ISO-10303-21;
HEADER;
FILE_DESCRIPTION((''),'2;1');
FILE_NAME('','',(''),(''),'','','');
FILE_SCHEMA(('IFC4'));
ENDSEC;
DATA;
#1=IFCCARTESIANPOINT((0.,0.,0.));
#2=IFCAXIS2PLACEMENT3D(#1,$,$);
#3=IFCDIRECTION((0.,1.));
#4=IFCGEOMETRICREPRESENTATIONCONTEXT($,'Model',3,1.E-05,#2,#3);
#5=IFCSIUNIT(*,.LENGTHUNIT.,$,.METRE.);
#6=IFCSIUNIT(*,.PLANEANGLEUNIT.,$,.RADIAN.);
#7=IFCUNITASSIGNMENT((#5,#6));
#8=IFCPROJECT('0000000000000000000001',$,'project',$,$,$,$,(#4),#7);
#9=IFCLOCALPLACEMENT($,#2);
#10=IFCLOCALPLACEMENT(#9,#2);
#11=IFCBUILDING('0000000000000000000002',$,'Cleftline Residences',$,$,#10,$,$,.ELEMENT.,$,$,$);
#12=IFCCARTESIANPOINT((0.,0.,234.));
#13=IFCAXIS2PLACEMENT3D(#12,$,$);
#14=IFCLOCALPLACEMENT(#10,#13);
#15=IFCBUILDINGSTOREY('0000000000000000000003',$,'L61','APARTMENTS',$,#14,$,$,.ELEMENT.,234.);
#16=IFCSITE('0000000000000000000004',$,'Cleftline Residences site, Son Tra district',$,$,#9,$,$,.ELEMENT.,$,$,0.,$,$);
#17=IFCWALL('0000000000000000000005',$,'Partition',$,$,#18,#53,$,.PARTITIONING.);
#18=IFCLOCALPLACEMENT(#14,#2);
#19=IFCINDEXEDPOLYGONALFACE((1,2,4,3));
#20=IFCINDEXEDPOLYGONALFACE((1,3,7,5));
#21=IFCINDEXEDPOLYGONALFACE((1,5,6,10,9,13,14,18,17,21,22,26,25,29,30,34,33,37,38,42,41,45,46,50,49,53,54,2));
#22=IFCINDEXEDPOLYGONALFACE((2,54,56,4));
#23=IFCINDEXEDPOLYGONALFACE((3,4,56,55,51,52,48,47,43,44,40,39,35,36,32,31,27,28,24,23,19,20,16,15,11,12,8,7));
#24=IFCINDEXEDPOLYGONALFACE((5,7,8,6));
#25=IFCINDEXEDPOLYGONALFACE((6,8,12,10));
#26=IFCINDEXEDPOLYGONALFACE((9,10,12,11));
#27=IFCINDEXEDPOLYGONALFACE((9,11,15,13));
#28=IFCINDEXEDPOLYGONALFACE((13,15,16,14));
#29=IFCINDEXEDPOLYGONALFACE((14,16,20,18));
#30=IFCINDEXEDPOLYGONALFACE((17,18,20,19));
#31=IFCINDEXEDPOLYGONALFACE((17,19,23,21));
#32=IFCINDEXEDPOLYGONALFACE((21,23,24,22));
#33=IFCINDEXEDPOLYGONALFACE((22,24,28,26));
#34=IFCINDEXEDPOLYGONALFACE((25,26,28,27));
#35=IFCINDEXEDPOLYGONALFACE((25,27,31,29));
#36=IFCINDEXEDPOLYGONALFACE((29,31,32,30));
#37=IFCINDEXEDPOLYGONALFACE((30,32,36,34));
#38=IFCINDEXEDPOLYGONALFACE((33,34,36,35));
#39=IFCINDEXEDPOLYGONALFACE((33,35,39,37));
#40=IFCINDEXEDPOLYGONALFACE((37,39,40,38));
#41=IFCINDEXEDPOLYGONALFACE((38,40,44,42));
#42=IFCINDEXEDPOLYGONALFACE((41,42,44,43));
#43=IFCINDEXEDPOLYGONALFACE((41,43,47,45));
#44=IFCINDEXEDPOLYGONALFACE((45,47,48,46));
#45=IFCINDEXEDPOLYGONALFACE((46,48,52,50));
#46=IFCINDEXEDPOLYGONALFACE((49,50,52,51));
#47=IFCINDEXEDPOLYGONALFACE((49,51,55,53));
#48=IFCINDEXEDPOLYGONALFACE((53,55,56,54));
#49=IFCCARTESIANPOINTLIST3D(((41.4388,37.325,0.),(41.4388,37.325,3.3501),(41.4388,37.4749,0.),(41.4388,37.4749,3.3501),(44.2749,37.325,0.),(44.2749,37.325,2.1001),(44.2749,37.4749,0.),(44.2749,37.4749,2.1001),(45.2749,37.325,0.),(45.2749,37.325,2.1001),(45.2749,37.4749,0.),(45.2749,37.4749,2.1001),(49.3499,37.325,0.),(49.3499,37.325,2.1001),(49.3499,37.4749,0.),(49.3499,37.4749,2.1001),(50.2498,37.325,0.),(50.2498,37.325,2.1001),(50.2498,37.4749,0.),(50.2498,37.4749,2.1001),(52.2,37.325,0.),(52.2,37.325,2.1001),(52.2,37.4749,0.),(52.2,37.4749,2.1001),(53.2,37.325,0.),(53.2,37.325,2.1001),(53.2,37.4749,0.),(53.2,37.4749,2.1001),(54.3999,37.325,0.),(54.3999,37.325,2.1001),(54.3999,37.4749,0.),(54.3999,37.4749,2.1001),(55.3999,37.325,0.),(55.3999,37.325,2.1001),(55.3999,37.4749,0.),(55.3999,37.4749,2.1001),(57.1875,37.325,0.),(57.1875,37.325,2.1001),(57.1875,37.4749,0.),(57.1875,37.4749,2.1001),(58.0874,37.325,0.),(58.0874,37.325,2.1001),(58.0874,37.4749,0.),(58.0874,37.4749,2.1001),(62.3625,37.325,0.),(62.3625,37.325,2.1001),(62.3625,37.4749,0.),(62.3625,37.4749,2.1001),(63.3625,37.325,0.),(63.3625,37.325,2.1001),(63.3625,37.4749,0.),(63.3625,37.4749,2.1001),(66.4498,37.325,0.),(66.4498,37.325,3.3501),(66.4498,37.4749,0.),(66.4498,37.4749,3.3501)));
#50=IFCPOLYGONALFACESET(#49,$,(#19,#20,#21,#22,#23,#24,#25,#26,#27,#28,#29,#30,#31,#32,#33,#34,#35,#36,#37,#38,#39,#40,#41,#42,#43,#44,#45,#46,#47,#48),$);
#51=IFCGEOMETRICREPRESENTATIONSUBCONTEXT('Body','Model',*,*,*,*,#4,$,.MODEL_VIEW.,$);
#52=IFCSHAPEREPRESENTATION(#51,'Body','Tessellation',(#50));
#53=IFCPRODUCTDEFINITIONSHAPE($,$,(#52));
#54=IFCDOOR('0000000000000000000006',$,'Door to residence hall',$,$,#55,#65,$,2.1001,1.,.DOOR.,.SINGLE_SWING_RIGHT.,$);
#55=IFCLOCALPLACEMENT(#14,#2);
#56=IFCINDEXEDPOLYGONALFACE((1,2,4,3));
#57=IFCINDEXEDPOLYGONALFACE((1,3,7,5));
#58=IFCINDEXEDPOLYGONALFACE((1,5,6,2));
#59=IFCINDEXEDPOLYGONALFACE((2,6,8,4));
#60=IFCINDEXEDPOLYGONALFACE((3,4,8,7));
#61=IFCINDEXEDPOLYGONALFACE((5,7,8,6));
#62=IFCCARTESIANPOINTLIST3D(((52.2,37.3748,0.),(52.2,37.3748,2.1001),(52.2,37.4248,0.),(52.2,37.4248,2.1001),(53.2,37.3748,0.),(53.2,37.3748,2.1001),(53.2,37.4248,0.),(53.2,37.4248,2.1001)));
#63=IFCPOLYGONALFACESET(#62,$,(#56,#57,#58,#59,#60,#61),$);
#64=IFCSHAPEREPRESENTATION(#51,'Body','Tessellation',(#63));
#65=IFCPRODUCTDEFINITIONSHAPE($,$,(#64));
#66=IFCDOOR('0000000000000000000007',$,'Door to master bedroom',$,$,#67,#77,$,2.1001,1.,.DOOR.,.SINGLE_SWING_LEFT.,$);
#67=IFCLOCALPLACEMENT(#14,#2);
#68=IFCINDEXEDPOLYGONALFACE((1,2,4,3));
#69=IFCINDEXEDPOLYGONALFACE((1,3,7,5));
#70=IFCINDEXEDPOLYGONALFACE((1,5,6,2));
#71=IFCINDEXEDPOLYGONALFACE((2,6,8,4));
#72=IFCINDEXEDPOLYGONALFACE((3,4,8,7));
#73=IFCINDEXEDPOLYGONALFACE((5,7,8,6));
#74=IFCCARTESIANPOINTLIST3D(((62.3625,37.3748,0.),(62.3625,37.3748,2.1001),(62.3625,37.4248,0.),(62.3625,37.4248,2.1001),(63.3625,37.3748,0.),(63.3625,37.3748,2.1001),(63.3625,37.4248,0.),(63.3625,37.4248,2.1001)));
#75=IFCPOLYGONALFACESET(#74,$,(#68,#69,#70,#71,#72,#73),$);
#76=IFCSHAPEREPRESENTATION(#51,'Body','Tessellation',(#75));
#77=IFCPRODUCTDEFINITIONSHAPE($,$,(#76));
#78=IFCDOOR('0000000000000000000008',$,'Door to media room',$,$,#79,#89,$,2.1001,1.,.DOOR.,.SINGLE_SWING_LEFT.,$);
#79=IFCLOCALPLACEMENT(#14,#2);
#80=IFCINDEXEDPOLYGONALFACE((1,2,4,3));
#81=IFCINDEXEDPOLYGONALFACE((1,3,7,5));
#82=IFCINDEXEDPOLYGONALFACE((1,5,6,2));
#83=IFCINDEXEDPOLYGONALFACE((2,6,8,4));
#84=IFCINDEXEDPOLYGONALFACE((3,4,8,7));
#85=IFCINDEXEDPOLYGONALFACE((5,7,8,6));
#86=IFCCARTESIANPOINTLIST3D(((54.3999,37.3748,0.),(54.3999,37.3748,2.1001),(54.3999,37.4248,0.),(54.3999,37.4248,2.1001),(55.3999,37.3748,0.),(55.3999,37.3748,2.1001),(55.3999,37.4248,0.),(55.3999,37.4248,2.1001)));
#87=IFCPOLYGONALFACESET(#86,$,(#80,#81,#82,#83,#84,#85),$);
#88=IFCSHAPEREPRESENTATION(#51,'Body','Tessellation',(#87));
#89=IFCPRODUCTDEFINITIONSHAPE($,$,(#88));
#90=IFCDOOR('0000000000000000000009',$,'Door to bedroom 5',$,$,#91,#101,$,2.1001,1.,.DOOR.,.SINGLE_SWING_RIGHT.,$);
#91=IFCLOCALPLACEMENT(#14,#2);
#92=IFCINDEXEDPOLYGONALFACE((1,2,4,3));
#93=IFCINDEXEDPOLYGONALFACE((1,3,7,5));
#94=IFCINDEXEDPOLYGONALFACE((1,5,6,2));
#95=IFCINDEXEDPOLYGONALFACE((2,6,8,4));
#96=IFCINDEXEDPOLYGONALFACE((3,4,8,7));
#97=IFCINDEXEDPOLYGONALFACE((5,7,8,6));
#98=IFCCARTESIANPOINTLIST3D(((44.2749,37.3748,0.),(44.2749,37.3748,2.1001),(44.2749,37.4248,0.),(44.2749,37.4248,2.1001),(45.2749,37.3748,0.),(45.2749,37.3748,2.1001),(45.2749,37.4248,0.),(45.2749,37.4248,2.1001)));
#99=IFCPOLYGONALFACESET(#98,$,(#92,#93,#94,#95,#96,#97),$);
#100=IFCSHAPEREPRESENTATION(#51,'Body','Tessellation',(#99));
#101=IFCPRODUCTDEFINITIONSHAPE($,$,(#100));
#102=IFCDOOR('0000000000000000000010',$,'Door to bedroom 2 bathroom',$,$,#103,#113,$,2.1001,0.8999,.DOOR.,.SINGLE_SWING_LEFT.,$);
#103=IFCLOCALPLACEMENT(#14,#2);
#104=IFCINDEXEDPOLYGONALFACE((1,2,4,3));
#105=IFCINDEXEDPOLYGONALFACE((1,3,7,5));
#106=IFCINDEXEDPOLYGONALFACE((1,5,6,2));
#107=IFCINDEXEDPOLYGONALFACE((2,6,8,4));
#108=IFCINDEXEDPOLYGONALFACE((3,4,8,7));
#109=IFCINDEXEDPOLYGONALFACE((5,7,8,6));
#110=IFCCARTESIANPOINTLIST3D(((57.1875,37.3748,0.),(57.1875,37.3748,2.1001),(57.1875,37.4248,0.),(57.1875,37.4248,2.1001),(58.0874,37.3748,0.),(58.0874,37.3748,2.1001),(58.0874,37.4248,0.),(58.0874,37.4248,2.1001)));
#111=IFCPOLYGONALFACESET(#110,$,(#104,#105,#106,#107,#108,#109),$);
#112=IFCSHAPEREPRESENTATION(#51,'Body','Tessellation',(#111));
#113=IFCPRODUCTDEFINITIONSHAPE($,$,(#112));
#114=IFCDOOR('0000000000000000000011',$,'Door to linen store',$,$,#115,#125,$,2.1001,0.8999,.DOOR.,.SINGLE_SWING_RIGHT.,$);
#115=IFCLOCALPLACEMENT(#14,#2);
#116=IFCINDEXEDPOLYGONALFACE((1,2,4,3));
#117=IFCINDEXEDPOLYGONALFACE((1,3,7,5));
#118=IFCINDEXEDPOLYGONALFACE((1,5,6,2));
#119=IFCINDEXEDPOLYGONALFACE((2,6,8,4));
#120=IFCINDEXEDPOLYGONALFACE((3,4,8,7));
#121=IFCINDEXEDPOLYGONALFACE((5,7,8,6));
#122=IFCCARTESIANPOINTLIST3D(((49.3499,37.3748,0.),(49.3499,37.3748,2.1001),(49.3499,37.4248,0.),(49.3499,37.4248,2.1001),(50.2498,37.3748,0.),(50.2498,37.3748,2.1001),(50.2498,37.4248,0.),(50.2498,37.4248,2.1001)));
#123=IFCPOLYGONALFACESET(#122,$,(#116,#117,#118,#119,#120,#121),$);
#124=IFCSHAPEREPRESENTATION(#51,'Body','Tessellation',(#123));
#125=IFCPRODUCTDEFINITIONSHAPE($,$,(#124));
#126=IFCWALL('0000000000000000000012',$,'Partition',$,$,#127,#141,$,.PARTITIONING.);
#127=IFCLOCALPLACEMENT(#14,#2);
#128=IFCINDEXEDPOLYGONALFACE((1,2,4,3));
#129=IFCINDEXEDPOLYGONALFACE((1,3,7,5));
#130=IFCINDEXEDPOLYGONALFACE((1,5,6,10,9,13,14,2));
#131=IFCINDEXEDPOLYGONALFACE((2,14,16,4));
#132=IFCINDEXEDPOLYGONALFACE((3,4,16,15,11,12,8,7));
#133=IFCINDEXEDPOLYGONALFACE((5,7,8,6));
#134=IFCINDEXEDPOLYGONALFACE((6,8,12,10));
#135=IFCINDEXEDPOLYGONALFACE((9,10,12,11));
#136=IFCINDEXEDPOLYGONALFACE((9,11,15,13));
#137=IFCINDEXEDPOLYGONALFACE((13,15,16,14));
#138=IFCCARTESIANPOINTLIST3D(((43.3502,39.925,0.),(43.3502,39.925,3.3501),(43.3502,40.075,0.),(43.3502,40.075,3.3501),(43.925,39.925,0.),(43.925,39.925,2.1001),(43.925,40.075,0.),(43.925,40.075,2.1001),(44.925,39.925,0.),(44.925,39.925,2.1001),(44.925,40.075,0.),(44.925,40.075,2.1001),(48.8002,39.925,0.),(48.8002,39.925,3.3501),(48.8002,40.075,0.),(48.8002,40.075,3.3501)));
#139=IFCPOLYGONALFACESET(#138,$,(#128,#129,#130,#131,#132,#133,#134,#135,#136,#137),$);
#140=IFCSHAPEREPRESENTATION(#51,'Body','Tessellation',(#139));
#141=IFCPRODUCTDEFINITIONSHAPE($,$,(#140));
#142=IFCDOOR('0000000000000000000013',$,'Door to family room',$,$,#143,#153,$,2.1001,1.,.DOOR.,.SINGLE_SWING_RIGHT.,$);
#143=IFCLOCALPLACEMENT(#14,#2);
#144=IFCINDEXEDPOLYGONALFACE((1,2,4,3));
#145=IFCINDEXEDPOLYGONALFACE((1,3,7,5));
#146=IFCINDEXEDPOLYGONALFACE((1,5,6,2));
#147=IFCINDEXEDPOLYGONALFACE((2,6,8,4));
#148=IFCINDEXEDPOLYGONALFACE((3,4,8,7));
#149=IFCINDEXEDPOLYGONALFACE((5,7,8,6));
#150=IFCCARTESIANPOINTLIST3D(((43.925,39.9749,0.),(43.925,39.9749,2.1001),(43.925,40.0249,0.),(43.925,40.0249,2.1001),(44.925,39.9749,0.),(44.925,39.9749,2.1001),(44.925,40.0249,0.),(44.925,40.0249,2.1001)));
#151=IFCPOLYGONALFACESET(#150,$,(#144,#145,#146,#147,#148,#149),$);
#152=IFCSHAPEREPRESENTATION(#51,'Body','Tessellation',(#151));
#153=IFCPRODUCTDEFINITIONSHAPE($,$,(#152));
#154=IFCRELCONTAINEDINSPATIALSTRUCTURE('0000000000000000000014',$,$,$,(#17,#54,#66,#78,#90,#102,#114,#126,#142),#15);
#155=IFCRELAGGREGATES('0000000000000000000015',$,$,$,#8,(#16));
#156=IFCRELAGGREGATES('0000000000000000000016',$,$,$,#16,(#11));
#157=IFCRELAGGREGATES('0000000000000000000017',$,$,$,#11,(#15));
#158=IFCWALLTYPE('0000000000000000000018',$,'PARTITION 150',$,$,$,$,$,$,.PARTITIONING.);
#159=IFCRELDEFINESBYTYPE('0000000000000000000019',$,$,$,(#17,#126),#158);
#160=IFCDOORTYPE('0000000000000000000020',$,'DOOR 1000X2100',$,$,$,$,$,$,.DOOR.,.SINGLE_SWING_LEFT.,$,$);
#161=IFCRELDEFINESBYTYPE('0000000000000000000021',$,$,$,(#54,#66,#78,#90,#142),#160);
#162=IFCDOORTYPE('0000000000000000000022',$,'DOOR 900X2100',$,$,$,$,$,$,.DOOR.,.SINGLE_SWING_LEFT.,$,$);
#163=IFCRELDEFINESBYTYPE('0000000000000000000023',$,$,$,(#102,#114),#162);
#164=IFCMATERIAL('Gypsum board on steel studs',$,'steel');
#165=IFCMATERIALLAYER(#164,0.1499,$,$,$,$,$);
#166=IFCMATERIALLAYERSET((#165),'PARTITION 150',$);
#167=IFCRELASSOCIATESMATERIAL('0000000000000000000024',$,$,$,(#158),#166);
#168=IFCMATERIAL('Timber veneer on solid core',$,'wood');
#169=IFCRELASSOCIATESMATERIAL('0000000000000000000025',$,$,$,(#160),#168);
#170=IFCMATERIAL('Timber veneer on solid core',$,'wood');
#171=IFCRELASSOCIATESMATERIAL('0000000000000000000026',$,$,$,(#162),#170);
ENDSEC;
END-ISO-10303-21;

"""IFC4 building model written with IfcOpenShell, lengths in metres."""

from ifc_helpers import new_model, si_unit, direction, frame, frame_2d, origin, place, context, subcontext, project, spatial, rectangle, extrude, material, layer, layer_set, type_object, element, fill, save


model = new_model("IFC4")

# Units and contexts
model_context = context("Model", 3, precision=1e-05, world=origin(), true_north=direction((0.0, 1.0)))
body_context = subcontext(model_context, "Body", "Model", "MODEL_VIEW")
ifc_project = project(units=[si_unit("LENGTHUNIT", "METRE"), si_unit("PLANEANGLEUNIT", "RADIAN")], contexts=[model_context])

# Site, building, storey
site_placement = place(None, origin())
site = spatial("IfcSite", under=ifc_project, at=site_placement, Name="Cleftline Residences site, Son Tra district", CompositionType="ELEMENT", RefElevation=0.0)
building_placement = place(site_placement, origin())
building = spatial("IfcBuilding", under=site, at=building_placement, Name="Cleftline Residences", CompositionType="ELEMENT")
storey_placement = place(building_placement, frame((0.0, 0.0, 234.0)))
storey = spatial("IfcBuildingStorey", under=building, at=storey_placement, Name="L61", Description="APARTMENTS", CompositionType="ELEMENT", Elevation=234.0)

# Shared definitions
ifc_material_1 = material(Name="Gypsum board on steel studs", Category="steel")
ifc_layer_1 = layer(ifc_material_1, 0.1499)
ifc_layer_set_1 = layer_set([ifc_layer_1], Name="PARTITION 150")
wall_type = type_object("IfcWallType", Name="PARTITION 150", PredefinedType="PARTITIONING", material=ifc_layer_set_1)

# Wall, openings, doors
wall_1_placement = place(storey_placement, frame((41.439, 37.3999, 0.0), z_axis=(0.0, 0.0, 1.0), x_axis=(1.0, 0.0, 0.0)))
wall_1 = element("IfcWall", 1, at=wall_1_placement, inside=storey, type_object=wall_type, Name="Partition", PredefinedType="PARTITIONING", context=body_context, shape_type="SweptSolid", body=[
    extrude(rectangle(XDim=25.011, YDim=0.1499, at=frame_2d((12.5054, 0.0))), origin(), (0.0, 0.0, 1.0), 3.3501),
])
opening_1_placement = place(wall_1_placement, frame((10.761, 0.0, 0.0)))
opening_1 = element("IfcOpeningElement", 2, at=opening_1_placement, cuts=wall_1, PredefinedType="OPENING", context=body_context, shape_type="SweptSolid", body=[
    extrude(rectangle(XDim=1.0, YDim=2.1001, at=frame_2d((0.5, 1.05))), frame((0.0, 0.085, 0.0), z_axis=(0.0, -1.0, 0.0), x_axis=(1.0, 0.0, 0.0)), (0.0, 0.0, 1.0), 0.1699),
])
opening_2_placement = place(wall_1_placement, frame((20.9236, 0.0, 0.0)))
opening_2 = element("IfcOpeningElement", 3, at=opening_2_placement, cuts=wall_1, PredefinedType="OPENING", context=body_context, shape_type="SweptSolid", body=[
    extrude(rectangle(XDim=1.0, YDim=2.1001, at=frame_2d((0.5, 1.05))), frame((0.0, 0.085, 0.0), z_axis=(0.0, -1.0, 0.0), x_axis=(1.0, 0.0, 0.0)), (0.0, 0.0, 1.0), 0.1699),
])
opening_3_placement = place(wall_1_placement, frame((15.7485, 0.0, 0.0)))
opening_3 = element("IfcOpeningElement", 4, at=opening_3_placement, cuts=wall_1, PredefinedType="OPENING", context=body_context, shape_type="SweptSolid", body=[
    extrude(rectangle(XDim=0.8999, YDim=2.1001, at=frame_2d((0.45, 1.05))), frame((0.0, 0.085, 0.0), z_axis=(0.0, -1.0, 0.0), x_axis=(1.0, 0.0, 0.0)), (0.0, 0.0, 1.0), 0.1699),
])
opening_4_placement = place(wall_1_placement, frame((12.9609, 0.0, 0.0)))
opening_4 = element("IfcOpeningElement", 5, at=opening_4_placement, cuts=wall_1, PredefinedType="OPENING", context=body_context, shape_type="SweptSolid", body=[
    extrude(rectangle(XDim=1.0, YDim=2.1001, at=frame_2d((0.5, 1.05))), frame((0.0, 0.085, 0.0), z_axis=(0.0, -1.0, 0.0), x_axis=(1.0, 0.0, 0.0)), (0.0, 0.0, 1.0), 0.1699),
])
opening_5_placement = place(wall_1_placement, frame((7.9109, 0.0, 0.0)))
opening_5 = element("IfcOpeningElement", 6, at=opening_5_placement, cuts=wall_1, PredefinedType="OPENING", context=body_context, shape_type="SweptSolid", body=[
    extrude(rectangle(XDim=0.8999, YDim=2.1001, at=frame_2d((0.45, 1.05))), frame((0.0, 0.085, 0.0), z_axis=(0.0, -1.0, 0.0), x_axis=(1.0, 0.0, 0.0)), (0.0, 0.0, 1.0), 0.1699),
])
opening_6_placement = place(wall_1_placement, frame((2.8359, 0.0, 0.0)))
opening_6 = element("IfcOpeningElement", 7, at=opening_6_placement, cuts=wall_1, PredefinedType="OPENING", context=body_context, shape_type="SweptSolid", body=[
    extrude(rectangle(XDim=1.0, YDim=2.1001, at=frame_2d((0.5, 1.05))), frame((0.0, 0.085, 0.0), z_axis=(0.0, -1.0, 0.0), x_axis=(1.0, 0.0, 0.0)), (0.0, 0.0, 1.0), 0.1699),
])
ifc_material_2 = material(Name="Timber veneer on solid core", Category="wood")
door_type_1 = type_object("IfcDoorType", Name="DOOR 1000X2100", OperationType="SINGLE_SWING_LEFT", PredefinedType="DOOR", material=ifc_material_2)
door_1_placement = place(opening_1_placement, origin())
door_1 = element("IfcDoor", 8, at=door_1_placement, inside=storey, type_object=door_type_1, Name="Door to residence hall", OperationType="SINGLE_SWING_RIGHT", OverallHeight=2.1001, OverallWidth=1.0, PredefinedType="DOOR", context=body_context, shape_type="SweptSolid", body=[
    extrude(rectangle(XDim=1.0, YDim=2.1001, at=frame_2d((0.5, 1.05))), frame((0.0, 0.0249, 0.0), z_axis=(0.0, -1.0, 0.0), x_axis=(1.0, 0.0, 0.0)), (0.0, 0.0, 1.0), 0.05),
])
fill(opening_1, door_1)
door_2_placement = place(opening_2_placement, origin())
door_2 = element("IfcDoor", 9, at=door_2_placement, inside=storey, type_object=door_type_1, Name="Door to master bedroom", OperationType="SINGLE_SWING_LEFT", OverallHeight=2.1001, OverallWidth=1.0, PredefinedType="DOOR", context=body_context, shape_type="SweptSolid", body=[
    extrude(rectangle(XDim=1.0, YDim=2.1001, at=frame_2d((0.5, 1.05))), frame((0.0, 0.0249, 0.0), z_axis=(0.0, -1.0, 0.0), x_axis=(1.0, 0.0, 0.0)), (0.0, 0.0, 1.0), 0.05),
])
fill(opening_2, door_2)
door_3_placement = place(opening_4_placement, origin())
door_3 = element("IfcDoor", 10, at=door_3_placement, inside=storey, type_object=door_type_1, Name="Door to media room", OperationType="SINGLE_SWING_LEFT", OverallHeight=2.1001, OverallWidth=1.0, PredefinedType="DOOR", context=body_context, shape_type="SweptSolid", body=[
    extrude(rectangle(XDim=1.0, YDim=2.1001, at=frame_2d((0.5, 1.05))), frame((0.0, 0.0249, 0.0), z_axis=(0.0, -1.0, 0.0), x_axis=(1.0, 0.0, 0.0)), (0.0, 0.0, 1.0), 0.05),
])
fill(opening_4, door_3)
door_4_placement = place(opening_6_placement, origin())
door_4 = element("IfcDoor", 11, at=door_4_placement, inside=storey, type_object=door_type_1, Name="Door to bedroom 5", OperationType="SINGLE_SWING_RIGHT", OverallHeight=2.1001, OverallWidth=1.0, PredefinedType="DOOR", context=body_context, shape_type="SweptSolid", body=[
    extrude(rectangle(XDim=1.0, YDim=2.1001, at=frame_2d((0.5, 1.05))), frame((0.0, 0.0249, 0.0), z_axis=(0.0, -1.0, 0.0), x_axis=(1.0, 0.0, 0.0)), (0.0, 0.0, 1.0), 0.05),
])
fill(opening_6, door_4)
ifc_material_3 = material(Name="Timber veneer on solid core", Category="wood")
door_type_2 = type_object("IfcDoorType", Name="DOOR 900X2100", OperationType="SINGLE_SWING_LEFT", PredefinedType="DOOR", material=ifc_material_3)
door_5_placement = place(opening_3_placement, origin())
door_5 = element("IfcDoor", 12, at=door_5_placement, inside=storey, type_object=door_type_2, Name="Door to bedroom 2 bathroom", OperationType="SINGLE_SWING_LEFT", OverallHeight=2.1001, OverallWidth=0.8999, PredefinedType="DOOR", context=body_context, shape_type="SweptSolid", body=[
    extrude(rectangle(XDim=0.8999, YDim=2.1001, at=frame_2d((0.45, 1.05))), frame((0.0, 0.0249, 0.0), z_axis=(0.0, -1.0, 0.0), x_axis=(1.0, 0.0, 0.0)), (0.0, 0.0, 1.0), 0.05),
])
fill(opening_3, door_5)
door_6_placement = place(opening_5_placement, origin())
door_6 = element("IfcDoor", 13, at=door_6_placement, inside=storey, type_object=door_type_2, Name="Door to linen store", OperationType="SINGLE_SWING_RIGHT", OverallHeight=2.1001, OverallWidth=0.8999, PredefinedType="DOOR", context=body_context, shape_type="SweptSolid", body=[
    extrude(rectangle(XDim=0.8999, YDim=2.1001, at=frame_2d((0.45, 1.05))), frame((0.0, 0.0249, 0.0), z_axis=(0.0, -1.0, 0.0), x_axis=(1.0, 0.0, 0.0)), (0.0, 0.0, 1.0), 0.05),
])
fill(opening_5, door_6)

# Wall, opening, door
wall_2_placement = place(storey_placement, frame((43.3501, 40.0, 0.0), z_axis=(0.0, 0.0, 1.0), x_axis=(1.0, 0.0, 0.0)))
wall_2 = element("IfcWall", 14, at=wall_2_placement, inside=storey, type_object=wall_type, Name="Partition", PredefinedType="PARTITIONING", context=body_context, shape_type="SweptSolid", body=[
    extrude(rectangle(XDim=5.45, YDim=0.1499, at=frame_2d((2.7251, 0.0))), origin(), (0.0, 0.0, 1.0), 3.3501),
])
opening_7_placement = place(wall_2_placement, frame((0.575, 0.0, 0.0)))
opening_7 = element("IfcOpeningElement", 15, at=opening_7_placement, cuts=wall_2, PredefinedType="OPENING", context=body_context, shape_type="SweptSolid", body=[
    extrude(rectangle(XDim=1.0, YDim=2.1001, at=frame_2d((0.5, 1.05))), frame((0.0, 0.085, 0.0), z_axis=(0.0, -1.0, 0.0), x_axis=(1.0, 0.0, 0.0)), (0.0, 0.0, 1.0), 0.1699),
])
door_7_placement = place(opening_7_placement, origin())
door_7 = element("IfcDoor", 16, at=door_7_placement, inside=storey, type_object=door_type_1, Name="Door to family room", OperationType="SINGLE_SWING_RIGHT", OverallHeight=2.1001, OverallWidth=1.0, PredefinedType="DOOR", context=body_context, shape_type="SweptSolid", body=[
    extrude(rectangle(XDim=1.0, YDim=2.1001, at=frame_2d((0.5, 1.05))), frame((0.0, 0.0249, 0.0), z_axis=(0.0, -1.0, 0.0), x_axis=(1.0, 0.0, 0.0)), (0.0, 0.0, 1.0), 0.05),
])
fill(opening_7, door_7)

save(model, "model.ifc")
